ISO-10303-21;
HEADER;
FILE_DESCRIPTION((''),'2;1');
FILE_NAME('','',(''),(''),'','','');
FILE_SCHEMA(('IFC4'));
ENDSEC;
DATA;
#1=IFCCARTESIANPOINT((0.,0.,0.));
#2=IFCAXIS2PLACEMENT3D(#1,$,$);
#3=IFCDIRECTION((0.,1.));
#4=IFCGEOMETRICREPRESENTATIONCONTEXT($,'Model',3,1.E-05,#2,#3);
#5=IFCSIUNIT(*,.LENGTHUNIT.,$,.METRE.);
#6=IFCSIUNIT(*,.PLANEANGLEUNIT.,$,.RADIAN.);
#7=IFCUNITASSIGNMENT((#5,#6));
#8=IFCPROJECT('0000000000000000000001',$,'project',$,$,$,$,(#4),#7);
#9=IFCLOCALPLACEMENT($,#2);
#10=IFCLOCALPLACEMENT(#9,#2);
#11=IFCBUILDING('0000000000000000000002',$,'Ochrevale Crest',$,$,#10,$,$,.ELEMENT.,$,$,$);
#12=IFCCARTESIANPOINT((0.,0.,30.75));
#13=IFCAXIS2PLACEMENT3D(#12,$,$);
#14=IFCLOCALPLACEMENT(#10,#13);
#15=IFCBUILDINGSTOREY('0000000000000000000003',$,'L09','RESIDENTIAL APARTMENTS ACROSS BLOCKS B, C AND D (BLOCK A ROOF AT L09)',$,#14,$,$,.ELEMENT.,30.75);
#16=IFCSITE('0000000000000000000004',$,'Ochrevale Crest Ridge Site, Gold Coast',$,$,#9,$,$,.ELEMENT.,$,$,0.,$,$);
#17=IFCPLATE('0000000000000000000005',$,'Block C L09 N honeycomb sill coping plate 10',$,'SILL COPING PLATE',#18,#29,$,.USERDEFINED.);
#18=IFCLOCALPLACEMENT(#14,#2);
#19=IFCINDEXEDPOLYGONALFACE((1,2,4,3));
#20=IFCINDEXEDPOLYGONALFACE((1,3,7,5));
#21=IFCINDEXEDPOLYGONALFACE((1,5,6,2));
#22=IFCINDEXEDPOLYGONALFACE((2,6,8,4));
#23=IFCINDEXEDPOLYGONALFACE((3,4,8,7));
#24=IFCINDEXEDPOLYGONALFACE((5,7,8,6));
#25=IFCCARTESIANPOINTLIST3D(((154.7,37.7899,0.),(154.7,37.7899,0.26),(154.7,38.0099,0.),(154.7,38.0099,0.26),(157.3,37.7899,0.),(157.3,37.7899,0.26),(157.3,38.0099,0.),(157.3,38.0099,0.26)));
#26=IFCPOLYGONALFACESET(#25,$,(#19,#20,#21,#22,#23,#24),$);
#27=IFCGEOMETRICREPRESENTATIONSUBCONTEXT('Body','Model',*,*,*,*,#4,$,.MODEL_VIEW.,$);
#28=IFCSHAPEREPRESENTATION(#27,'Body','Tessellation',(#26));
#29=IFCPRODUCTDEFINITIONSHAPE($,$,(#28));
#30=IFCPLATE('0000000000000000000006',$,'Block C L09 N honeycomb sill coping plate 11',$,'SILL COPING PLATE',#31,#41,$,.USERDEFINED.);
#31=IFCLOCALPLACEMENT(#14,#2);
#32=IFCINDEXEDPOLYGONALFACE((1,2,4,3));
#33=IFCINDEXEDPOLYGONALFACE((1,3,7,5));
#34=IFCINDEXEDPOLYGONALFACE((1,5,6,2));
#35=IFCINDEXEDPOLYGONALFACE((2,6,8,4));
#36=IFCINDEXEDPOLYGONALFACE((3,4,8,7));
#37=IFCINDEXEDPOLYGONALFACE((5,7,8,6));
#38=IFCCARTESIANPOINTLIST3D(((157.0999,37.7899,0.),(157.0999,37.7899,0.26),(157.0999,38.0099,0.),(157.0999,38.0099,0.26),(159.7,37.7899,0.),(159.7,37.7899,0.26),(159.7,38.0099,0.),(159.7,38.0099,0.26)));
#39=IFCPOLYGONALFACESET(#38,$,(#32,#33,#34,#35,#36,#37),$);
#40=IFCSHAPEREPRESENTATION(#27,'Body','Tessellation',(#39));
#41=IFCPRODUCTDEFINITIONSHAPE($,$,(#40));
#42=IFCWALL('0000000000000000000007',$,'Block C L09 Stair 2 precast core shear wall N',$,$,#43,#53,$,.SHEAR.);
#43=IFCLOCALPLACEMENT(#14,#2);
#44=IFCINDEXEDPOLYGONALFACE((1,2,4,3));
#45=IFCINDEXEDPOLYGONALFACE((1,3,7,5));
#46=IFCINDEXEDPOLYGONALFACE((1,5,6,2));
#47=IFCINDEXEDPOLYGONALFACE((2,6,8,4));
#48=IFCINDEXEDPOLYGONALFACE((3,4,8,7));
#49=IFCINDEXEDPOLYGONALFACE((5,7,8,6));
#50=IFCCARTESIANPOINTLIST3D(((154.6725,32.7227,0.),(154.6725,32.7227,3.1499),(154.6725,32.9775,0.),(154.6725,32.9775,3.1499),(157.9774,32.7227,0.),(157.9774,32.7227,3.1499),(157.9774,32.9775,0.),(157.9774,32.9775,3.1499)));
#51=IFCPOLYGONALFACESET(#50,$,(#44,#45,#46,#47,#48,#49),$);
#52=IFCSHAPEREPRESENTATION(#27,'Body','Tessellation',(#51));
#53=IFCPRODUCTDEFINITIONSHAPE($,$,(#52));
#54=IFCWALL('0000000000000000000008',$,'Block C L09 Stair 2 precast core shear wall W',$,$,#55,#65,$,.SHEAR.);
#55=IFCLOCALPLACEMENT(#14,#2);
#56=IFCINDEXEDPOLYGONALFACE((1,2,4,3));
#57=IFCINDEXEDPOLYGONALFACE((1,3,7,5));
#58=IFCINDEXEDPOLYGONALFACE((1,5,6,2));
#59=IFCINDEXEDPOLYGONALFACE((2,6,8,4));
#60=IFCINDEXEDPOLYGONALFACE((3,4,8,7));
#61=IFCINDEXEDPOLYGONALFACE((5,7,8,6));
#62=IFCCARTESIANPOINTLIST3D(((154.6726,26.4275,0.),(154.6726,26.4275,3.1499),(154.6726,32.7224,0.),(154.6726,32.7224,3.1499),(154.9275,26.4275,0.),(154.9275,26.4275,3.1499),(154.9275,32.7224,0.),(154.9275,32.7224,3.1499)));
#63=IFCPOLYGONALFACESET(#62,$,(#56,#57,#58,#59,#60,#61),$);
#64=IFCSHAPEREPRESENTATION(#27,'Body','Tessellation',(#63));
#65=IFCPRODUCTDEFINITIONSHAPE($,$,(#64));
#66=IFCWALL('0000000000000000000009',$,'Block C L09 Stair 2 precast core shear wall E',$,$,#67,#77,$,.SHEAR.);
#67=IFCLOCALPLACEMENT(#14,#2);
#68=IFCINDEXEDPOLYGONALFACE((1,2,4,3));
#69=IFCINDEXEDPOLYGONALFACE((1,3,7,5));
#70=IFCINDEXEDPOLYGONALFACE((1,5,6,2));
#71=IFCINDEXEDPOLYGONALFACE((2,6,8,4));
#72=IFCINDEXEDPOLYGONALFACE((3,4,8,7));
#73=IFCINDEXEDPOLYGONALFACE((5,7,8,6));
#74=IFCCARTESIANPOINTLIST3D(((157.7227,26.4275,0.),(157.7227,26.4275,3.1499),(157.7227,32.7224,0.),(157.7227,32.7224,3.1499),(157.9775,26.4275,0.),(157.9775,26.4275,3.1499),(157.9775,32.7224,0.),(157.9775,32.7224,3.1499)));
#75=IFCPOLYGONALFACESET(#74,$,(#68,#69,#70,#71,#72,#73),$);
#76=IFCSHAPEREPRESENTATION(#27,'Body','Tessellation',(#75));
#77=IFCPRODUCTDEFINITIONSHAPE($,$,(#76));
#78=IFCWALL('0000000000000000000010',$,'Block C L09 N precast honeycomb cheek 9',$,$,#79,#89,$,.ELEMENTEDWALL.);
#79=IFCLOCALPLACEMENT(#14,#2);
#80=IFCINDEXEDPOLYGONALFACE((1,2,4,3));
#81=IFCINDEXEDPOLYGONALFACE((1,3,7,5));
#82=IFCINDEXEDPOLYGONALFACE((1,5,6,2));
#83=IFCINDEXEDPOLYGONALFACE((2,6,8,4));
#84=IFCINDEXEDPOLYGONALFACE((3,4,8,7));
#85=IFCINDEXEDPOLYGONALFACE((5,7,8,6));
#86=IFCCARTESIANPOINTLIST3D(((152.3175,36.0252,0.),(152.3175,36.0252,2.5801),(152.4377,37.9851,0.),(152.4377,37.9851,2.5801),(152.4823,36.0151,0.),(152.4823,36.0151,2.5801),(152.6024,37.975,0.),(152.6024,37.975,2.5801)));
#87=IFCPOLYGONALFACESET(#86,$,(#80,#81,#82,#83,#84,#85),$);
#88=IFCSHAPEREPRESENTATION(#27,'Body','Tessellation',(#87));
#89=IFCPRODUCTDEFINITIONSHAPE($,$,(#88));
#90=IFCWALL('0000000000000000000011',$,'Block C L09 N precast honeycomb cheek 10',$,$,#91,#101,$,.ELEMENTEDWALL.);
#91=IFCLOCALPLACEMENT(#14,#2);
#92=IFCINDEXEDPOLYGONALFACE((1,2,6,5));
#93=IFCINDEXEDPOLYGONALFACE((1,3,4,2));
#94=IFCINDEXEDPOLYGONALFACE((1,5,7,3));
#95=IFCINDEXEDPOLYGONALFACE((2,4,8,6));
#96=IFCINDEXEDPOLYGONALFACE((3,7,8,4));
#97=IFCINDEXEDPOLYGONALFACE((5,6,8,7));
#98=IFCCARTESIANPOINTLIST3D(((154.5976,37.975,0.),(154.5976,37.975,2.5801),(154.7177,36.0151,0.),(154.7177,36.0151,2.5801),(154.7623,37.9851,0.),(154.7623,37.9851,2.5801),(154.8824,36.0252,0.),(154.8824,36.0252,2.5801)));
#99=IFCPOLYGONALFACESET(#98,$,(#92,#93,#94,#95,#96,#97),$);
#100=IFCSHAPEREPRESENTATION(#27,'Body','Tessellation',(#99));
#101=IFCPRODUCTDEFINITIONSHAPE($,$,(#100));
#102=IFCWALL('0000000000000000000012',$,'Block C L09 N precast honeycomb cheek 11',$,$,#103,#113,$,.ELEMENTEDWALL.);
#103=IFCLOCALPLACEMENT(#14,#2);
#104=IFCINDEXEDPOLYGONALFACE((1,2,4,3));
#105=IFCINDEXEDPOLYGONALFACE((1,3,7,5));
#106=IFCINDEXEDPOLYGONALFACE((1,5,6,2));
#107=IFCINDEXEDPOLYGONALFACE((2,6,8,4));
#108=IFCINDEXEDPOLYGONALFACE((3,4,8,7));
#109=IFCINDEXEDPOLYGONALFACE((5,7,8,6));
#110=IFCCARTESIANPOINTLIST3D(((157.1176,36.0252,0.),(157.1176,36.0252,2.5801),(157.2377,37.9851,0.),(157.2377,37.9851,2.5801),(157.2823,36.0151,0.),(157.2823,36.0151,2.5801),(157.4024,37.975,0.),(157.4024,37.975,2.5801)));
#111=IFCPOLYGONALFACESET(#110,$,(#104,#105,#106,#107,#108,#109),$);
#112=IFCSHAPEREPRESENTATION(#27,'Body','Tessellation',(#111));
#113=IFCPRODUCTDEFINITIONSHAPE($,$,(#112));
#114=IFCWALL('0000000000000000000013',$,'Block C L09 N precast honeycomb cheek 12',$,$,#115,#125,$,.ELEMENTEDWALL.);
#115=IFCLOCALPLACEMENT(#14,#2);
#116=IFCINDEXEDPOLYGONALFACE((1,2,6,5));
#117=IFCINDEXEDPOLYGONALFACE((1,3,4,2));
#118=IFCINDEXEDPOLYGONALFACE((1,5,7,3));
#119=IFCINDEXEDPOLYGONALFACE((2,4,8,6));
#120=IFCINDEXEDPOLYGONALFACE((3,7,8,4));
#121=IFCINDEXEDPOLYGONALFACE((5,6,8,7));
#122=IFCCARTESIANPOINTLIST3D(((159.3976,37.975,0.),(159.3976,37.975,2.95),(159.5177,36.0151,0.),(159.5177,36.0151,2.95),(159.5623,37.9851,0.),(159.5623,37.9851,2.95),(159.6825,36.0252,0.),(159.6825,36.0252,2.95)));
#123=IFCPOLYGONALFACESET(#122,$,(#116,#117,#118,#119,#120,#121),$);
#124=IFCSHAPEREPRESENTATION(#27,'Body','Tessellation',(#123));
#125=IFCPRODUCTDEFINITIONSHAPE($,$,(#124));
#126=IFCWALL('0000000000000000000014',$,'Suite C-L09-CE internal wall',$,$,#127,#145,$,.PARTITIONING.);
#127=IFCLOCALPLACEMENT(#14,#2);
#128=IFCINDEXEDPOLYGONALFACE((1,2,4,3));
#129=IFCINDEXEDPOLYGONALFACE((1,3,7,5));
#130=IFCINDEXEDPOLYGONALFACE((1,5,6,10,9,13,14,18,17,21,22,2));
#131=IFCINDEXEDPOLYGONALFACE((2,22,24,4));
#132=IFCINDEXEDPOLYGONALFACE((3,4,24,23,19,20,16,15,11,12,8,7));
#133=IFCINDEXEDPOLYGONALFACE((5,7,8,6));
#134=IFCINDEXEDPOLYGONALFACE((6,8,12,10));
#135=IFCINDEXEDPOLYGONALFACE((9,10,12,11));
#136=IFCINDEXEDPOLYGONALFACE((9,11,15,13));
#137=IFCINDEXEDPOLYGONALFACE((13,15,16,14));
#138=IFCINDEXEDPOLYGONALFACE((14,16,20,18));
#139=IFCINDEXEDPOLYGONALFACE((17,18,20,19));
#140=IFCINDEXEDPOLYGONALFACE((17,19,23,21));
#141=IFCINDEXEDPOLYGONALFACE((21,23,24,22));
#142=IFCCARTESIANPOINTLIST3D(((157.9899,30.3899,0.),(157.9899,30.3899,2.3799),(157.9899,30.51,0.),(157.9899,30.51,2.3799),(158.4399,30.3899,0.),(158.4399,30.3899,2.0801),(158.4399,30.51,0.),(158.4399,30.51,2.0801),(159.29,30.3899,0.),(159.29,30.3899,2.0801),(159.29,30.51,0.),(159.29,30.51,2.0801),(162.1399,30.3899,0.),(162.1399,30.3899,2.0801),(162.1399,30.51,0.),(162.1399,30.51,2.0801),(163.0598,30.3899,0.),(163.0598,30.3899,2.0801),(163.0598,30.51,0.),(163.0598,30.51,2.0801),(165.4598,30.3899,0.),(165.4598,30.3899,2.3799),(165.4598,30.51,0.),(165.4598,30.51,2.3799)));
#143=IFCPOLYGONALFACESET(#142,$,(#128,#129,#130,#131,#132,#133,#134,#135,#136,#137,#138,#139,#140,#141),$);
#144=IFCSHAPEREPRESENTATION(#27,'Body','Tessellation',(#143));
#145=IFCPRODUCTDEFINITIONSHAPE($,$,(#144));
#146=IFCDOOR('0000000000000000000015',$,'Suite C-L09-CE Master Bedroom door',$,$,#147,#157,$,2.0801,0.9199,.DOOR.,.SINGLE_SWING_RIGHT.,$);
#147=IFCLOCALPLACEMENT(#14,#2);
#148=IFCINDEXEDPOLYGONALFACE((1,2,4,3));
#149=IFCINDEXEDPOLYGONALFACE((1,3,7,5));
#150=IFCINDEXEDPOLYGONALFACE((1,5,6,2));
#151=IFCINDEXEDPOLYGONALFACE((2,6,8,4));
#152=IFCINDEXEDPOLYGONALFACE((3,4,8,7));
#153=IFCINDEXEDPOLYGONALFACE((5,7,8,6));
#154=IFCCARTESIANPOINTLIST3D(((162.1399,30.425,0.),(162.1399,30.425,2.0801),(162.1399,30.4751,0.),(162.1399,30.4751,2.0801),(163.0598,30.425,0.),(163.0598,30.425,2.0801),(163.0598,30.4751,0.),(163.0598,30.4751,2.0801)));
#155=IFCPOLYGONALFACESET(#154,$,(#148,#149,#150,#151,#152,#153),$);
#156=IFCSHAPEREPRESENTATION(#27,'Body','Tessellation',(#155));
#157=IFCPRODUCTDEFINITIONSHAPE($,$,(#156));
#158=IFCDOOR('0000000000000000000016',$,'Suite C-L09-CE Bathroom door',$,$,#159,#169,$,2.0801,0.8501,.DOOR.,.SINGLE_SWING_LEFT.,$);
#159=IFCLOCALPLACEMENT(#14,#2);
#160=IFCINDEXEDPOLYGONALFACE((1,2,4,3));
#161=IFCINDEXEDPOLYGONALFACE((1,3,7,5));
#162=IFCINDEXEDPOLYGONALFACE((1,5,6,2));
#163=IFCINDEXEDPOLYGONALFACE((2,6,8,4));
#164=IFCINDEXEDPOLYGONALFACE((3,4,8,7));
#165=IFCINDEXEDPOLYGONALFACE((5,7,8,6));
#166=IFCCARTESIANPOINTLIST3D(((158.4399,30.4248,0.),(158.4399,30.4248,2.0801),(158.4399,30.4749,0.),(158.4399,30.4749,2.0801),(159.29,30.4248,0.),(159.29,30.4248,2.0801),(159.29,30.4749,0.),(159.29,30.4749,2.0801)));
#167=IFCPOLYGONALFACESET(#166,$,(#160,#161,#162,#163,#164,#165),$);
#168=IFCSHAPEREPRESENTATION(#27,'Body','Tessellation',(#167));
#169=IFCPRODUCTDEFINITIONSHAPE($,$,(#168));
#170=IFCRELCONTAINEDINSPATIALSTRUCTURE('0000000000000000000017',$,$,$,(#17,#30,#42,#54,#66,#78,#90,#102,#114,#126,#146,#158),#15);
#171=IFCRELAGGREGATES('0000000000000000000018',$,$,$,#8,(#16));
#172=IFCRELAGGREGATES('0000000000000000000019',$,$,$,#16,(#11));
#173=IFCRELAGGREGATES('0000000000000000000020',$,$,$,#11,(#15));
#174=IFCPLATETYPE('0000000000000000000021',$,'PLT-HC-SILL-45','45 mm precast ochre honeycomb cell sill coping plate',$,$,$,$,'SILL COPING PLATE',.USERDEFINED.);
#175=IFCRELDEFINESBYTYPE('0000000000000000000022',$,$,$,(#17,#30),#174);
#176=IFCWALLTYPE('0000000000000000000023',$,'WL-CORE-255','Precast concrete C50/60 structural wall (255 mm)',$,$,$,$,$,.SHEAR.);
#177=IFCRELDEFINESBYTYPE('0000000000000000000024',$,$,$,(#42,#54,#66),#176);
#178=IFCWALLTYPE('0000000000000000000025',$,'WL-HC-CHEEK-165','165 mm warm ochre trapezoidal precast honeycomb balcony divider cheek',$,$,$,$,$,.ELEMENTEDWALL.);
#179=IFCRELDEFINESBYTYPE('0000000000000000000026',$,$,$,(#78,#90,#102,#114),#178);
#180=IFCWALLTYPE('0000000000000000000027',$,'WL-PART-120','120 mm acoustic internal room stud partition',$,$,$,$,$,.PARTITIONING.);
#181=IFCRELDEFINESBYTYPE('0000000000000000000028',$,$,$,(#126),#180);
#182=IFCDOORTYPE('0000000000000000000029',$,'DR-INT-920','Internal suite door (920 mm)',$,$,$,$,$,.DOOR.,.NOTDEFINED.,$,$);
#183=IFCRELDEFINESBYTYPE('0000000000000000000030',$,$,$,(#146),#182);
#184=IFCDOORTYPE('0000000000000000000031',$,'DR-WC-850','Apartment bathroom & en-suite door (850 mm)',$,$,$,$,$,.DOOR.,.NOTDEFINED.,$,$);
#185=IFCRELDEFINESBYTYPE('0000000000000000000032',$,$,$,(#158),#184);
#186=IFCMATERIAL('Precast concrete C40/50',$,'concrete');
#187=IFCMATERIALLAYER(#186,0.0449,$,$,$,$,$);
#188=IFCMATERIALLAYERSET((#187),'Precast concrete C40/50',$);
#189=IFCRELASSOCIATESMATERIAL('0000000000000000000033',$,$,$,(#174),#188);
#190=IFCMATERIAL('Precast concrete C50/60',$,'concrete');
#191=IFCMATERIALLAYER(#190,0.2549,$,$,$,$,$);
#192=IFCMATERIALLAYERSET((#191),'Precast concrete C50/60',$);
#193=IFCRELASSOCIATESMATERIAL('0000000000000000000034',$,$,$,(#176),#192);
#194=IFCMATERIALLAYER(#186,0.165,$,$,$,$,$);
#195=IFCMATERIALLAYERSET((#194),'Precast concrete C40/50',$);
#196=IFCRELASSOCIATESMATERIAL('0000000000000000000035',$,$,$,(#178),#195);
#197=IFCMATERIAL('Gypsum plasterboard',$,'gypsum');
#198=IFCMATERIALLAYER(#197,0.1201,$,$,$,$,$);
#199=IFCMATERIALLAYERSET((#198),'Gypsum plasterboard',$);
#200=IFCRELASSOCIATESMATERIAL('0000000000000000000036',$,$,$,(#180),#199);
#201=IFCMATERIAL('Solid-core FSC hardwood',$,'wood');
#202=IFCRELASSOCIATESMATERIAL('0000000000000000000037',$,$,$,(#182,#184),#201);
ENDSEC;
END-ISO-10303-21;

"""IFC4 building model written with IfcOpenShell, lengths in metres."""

from ifc_helpers import new_model, si_unit, direction, frame, frame_2d, origin, origin_2d, place, context, subcontext, project, spatial, rectangle, extrude, material, layer, layer_set, type_object, element, fill, save


model = new_model("IFC4")

# Units and contexts
model_context = context("Model", 3, precision=1e-05, world=origin(), true_north=direction((0.0, 1.0)))
body_context = subcontext(model_context, "Body", "Model", "MODEL_VIEW")
ifc_project = project(units=[si_unit("LENGTHUNIT", "METRE"), si_unit("PLANEANGLEUNIT", "RADIAN")], contexts=[model_context])

# Site, building, storey
site_placement = place(None, origin())
site = spatial("IfcSite", under=ifc_project, at=site_placement, Name="Ochrevale Crest Ridge Site, Gold Coast", CompositionType="ELEMENT", RefElevation=0.0)
building_placement = place(site_placement, origin())
building = spatial("IfcBuilding", under=site, at=building_placement, Name="Ochrevale Crest", CompositionType="ELEMENT")
storey_placement = place(building_placement, frame((0.0, 0.0, 30.75)))
storey = spatial("IfcBuildingStorey", under=building, at=storey_placement, Name="L09", Description="RESIDENTIAL APARTMENTS ACROSS BLOCKS B, C AND D (BLOCK A ROOF AT L09)", CompositionType="ELEMENT", Elevation=30.75)

# Shared definitions
ifc_material_1 = material(Name="Precast concrete C40/50", Category="concrete")
ifc_material_2 = material(Name="Precast concrete C50/60", Category="concrete")

# Plates
ifc_layer_1 = layer(ifc_material_1, 0.0449)
ifc_layer_set_1 = layer_set([ifc_layer_1], Name="Precast concrete C40/50")
plate_type_1 = type_object("IfcPlateType", Name="PLT-HC-SILL-45", Description="45 mm precast ochre honeycomb cell sill coping plate", ElementType="SILL COPING PLATE", PredefinedType="USERDEFINED", material=ifc_layer_set_1)
for number, where, z_axis, x_axis, name in (
    (1, (156.0, 37.8999, 0.0), (0.0, 0.0, 1.0), (1.0, 0.0, 0.0), "Block C L09 N honeycomb sill coping plate 10"),
    (2, (158.3999, 37.8999, 0.0), (0.0, 0.0, 1.0), (1.0, 0.0, 0.0), "Block C L09 N honeycomb sill coping plate 11"),
):
    element("IfcPlate", number, at=place(storey_placement, frame(where, z_axis=z_axis, x_axis=x_axis)), inside=storey, type_object=plate_type_1, Name=name, ObjectType="SILL COPING PLATE", PredefinedType="USERDEFINED", context=body_context, shape_type="SweptSolid", body=[
        extrude(rectangle(XDim=2.6001, YDim=0.22, at=origin_2d()), origin(), (0.0, 0.0, 1.0), 0.26),
    ])

# Shared definitions
ifc_layer_2 = layer(ifc_material_2, 0.2549)
ifc_layer_set_2 = layer_set([ifc_layer_2], Name="Precast concrete C50/60")
wall_type_1 = type_object("IfcWallType", Name="WL-CORE-255", Description="Precast concrete C50/60 structural wall (255 mm)", PredefinedType="SHEAR", material=ifc_layer_set_2)
ifc_material_3 = material(Name="Solid-core FSC hardwood", Category="wood")

# Walls
wall_1_placement = place(storey_placement, frame((154.6726, 32.8501, 0.0), z_axis=(0.0, 0.0, 1.0), x_axis=(1.0, 0.0, 0.0)))
element("IfcWall", 3, at=wall_1_placement, inside=storey, type_object=wall_type_1, Name="Block C L09 Stair 2 precast core shear wall N", PredefinedType="SHEAR", context=body_context, shape_type="SweptSolid", body=[
    extrude(rectangle(XDim=3.3049, YDim=0.2549, at=frame_2d((1.6523, 0.0))), origin(), (0.0, 0.0, 1.0), 3.1499),
])
for number, where, z_axis, x_axis, name in (
    (4, (154.8, 26.4275, 0.0), (0.0, 0.0, 1.0), (0.0, 1.0, 0.0), "Block C L09 Stair 2 precast core shear wall W"),
    (5, (157.8501, 26.4275, 0.0), (0.0, 0.0, 1.0), (0.0, 1.0, 0.0), "Block C L09 Stair 2 precast core shear wall E"),
):
    element("IfcWall", number, at=place(storey_placement, frame(where, z_axis=z_axis, x_axis=x_axis)), inside=storey, type_object=wall_type_1, Name=name, PredefinedType="SHEAR", context=body_context, shape_type="SweptSolid", body=[
        extrude(rectangle(XDim=6.2949, YDim=0.2549, at=frame_2d((3.1475, 0.0))), origin(), (0.0, 0.0, 1.0), 3.1499),
    ])
ifc_layer_3 = layer(ifc_material_1, 0.165)
ifc_layer_set_3 = layer_set([ifc_layer_3], Name="Precast concrete C40/50")
wall_type_2 = type_object("IfcWallType", Name="WL-HC-CHEEK-165", Description="165 mm warm ochre trapezoidal precast honeycomb balcony divider cheek", PredefinedType="ELEMENTEDWALL", material=ifc_layer_set_3)
for number, where, z_axis, x_axis, name in (
    (6, (152.3999, 36.02, 0.0), (0.0, 0.0, 1.0), (0.061171, 0.998127, 0.0), "Block C L09 N precast honeycomb cheek 9"),
    (7, (154.8, 36.02, 0.0), (0.0, 0.0, 1.0), (-0.061171, 0.998127, 0.0), "Block C L09 N precast honeycomb cheek 10"),
    (8, (157.2, 36.02, 0.0), (0.0, 0.0, 1.0), (0.061171, 0.998127, 0.0), "Block C L09 N precast honeycomb cheek 11"),
):
    element("IfcWall", number, at=place(storey_placement, frame(where, z_axis=z_axis, x_axis=x_axis)), inside=storey, type_object=wall_type_2, Name=name, PredefinedType="ELEMENTEDWALL", context=body_context, shape_type="SweptSolid", body=[
        extrude(rectangle(XDim=1.9636, YDim=0.165, at=frame_2d((0.9819, 0.0))), origin(), (0.0, 0.0, 1.0), 2.5801),
    ])
wall_2_placement = place(storey_placement, frame((159.6001, 36.02, 0.0), z_axis=(0.0, 0.0, 1.0), x_axis=(-0.061171, 0.998127, 0.0)))
element("IfcWall", 9, at=wall_2_placement, inside=storey, type_object=wall_type_2, Name="Block C L09 N precast honeycomb cheek 12", PredefinedType="ELEMENTEDWALL", context=body_context, shape_type="SweptSolid", body=[
    extrude(rectangle(XDim=1.9636, YDim=0.165, at=frame_2d((0.9819, 0.0))), origin(), (0.0, 0.0, 1.0), 2.95),
])

# Wall, openings, doors
ifc_material_4 = material(Name="Gypsum plasterboard", Category="gypsum")
ifc_layer_4 = layer(ifc_material_4, 0.1201)
ifc_layer_set_4 = layer_set([ifc_layer_4], Name="Gypsum plasterboard")
wall_type_3 = type_object("IfcWallType", Name="WL-PART-120", Description="120 mm acoustic internal room stud partition", PredefinedType="PARTITIONING", material=ifc_layer_set_4)
wall_3_placement = place(storey_placement, frame((157.99, 30.45, 0.0), z_axis=(0.0, 0.0, 1.0), x_axis=(1.0, 0.0, 0.0)))
wall_3 = element("IfcWall", 10, at=wall_3_placement, inside=storey, type_object=wall_type_3, Name="Suite C-L09-CE internal wall", PredefinedType="PARTITIONING", context=body_context, shape_type="SweptSolid", body=[
    extrude(rectangle(XDim=7.47, YDim=0.1201, at=frame_2d((3.7349, 0.0))), origin(), (0.0, 0.0, 1.0), 2.3799),
])
opening_1_placement = place(wall_3_placement, frame((0.45, 0.0, 0.0)))
opening_1 = element("IfcOpeningElement", 11, at=opening_1_placement, cuts=wall_3, PredefinedType="OPENING", context=body_context, shape_type="SweptSolid", body=[
    extrude(rectangle(XDim=0.8501, YDim=2.0801, at=frame_2d((0.425, 1.04))), frame((0.0, 0.0701, 0.0), z_axis=(0.0, -1.0, 0.0), x_axis=(1.0, 0.0, 0.0)), (0.0, 0.0, 1.0), 0.1401),
])
opening_2_placement = place(wall_3_placement, frame((5.0698, 0.0, 0.0), z_axis=(0.0, 0.0, 1.0), x_axis=(-1.0, 0.0, 0.0)))
opening_2 = element("IfcOpeningElement", 12, at=opening_2_placement, cuts=wall_3, PredefinedType="OPENING", context=body_context, shape_type="SweptSolid", body=[
    extrude(rectangle(XDim=0.9199, YDim=2.0801, at=frame_2d((0.46, 1.04))), frame((0.0, 0.0701, 0.0), z_axis=(0.0, -1.0, 0.0), x_axis=(1.0, 0.0, 0.0)), (0.0, 0.0, 1.0), 0.1401),
])
door_type_1 = type_object("IfcDoorType", Name="DR-INT-920", Description="Internal suite door (920 mm)", OperationType="NOTDEFINED", PredefinedType="DOOR", material=ifc_material_3)
door_1_placement = place(opening_2_placement, origin())
door_1 = element("IfcDoor", 13, at=door_1_placement, inside=storey, type_object=door_type_1, Name="Suite C-L09-CE Master Bedroom door", OperationType="SINGLE_SWING_RIGHT", OverallHeight=2.0801, OverallWidth=0.9199, PredefinedType="DOOR", context=body_context, shape_type="SweptSolid", body=[
    extrude(rectangle(XDim=0.9199, YDim=2.0801, at=frame_2d((0.46, 1.04))), frame((0.0, 0.0249, 0.0), z_axis=(0.0, -1.0, 0.0), x_axis=(1.0, 0.0, 0.0)), (0.0, 0.0, 1.0), 0.05),
])
fill(opening_2, door_1)
door_type_2 = type_object("IfcDoorType", Name="DR-WC-850", Description="Apartment bathroom & en-suite door (850 mm)", OperationType="NOTDEFINED", PredefinedType="DOOR", material=ifc_material_3)
door_2_placement = place(opening_1_placement, origin())
door_2 = element("IfcDoor", 14, at=door_2_placement, inside=storey, type_object=door_type_2, Name="Suite C-L09-CE Bathroom door", OperationType="SINGLE_SWING_LEFT", OverallHeight=2.0801, OverallWidth=0.8501, PredefinedType="DOOR", context=body_context, shape_type="SweptSolid", body=[
    extrude(rectangle(XDim=0.8501, YDim=2.0801, at=frame_2d((0.425, 1.04))), frame((0.0, 0.0249, 0.0), z_axis=(0.0, -1.0, 0.0), x_axis=(1.0, 0.0, 0.0)), (0.0, 0.0, 1.0), 0.05),
])
fill(opening_1, door_2)

save(model, "model.ifc")
